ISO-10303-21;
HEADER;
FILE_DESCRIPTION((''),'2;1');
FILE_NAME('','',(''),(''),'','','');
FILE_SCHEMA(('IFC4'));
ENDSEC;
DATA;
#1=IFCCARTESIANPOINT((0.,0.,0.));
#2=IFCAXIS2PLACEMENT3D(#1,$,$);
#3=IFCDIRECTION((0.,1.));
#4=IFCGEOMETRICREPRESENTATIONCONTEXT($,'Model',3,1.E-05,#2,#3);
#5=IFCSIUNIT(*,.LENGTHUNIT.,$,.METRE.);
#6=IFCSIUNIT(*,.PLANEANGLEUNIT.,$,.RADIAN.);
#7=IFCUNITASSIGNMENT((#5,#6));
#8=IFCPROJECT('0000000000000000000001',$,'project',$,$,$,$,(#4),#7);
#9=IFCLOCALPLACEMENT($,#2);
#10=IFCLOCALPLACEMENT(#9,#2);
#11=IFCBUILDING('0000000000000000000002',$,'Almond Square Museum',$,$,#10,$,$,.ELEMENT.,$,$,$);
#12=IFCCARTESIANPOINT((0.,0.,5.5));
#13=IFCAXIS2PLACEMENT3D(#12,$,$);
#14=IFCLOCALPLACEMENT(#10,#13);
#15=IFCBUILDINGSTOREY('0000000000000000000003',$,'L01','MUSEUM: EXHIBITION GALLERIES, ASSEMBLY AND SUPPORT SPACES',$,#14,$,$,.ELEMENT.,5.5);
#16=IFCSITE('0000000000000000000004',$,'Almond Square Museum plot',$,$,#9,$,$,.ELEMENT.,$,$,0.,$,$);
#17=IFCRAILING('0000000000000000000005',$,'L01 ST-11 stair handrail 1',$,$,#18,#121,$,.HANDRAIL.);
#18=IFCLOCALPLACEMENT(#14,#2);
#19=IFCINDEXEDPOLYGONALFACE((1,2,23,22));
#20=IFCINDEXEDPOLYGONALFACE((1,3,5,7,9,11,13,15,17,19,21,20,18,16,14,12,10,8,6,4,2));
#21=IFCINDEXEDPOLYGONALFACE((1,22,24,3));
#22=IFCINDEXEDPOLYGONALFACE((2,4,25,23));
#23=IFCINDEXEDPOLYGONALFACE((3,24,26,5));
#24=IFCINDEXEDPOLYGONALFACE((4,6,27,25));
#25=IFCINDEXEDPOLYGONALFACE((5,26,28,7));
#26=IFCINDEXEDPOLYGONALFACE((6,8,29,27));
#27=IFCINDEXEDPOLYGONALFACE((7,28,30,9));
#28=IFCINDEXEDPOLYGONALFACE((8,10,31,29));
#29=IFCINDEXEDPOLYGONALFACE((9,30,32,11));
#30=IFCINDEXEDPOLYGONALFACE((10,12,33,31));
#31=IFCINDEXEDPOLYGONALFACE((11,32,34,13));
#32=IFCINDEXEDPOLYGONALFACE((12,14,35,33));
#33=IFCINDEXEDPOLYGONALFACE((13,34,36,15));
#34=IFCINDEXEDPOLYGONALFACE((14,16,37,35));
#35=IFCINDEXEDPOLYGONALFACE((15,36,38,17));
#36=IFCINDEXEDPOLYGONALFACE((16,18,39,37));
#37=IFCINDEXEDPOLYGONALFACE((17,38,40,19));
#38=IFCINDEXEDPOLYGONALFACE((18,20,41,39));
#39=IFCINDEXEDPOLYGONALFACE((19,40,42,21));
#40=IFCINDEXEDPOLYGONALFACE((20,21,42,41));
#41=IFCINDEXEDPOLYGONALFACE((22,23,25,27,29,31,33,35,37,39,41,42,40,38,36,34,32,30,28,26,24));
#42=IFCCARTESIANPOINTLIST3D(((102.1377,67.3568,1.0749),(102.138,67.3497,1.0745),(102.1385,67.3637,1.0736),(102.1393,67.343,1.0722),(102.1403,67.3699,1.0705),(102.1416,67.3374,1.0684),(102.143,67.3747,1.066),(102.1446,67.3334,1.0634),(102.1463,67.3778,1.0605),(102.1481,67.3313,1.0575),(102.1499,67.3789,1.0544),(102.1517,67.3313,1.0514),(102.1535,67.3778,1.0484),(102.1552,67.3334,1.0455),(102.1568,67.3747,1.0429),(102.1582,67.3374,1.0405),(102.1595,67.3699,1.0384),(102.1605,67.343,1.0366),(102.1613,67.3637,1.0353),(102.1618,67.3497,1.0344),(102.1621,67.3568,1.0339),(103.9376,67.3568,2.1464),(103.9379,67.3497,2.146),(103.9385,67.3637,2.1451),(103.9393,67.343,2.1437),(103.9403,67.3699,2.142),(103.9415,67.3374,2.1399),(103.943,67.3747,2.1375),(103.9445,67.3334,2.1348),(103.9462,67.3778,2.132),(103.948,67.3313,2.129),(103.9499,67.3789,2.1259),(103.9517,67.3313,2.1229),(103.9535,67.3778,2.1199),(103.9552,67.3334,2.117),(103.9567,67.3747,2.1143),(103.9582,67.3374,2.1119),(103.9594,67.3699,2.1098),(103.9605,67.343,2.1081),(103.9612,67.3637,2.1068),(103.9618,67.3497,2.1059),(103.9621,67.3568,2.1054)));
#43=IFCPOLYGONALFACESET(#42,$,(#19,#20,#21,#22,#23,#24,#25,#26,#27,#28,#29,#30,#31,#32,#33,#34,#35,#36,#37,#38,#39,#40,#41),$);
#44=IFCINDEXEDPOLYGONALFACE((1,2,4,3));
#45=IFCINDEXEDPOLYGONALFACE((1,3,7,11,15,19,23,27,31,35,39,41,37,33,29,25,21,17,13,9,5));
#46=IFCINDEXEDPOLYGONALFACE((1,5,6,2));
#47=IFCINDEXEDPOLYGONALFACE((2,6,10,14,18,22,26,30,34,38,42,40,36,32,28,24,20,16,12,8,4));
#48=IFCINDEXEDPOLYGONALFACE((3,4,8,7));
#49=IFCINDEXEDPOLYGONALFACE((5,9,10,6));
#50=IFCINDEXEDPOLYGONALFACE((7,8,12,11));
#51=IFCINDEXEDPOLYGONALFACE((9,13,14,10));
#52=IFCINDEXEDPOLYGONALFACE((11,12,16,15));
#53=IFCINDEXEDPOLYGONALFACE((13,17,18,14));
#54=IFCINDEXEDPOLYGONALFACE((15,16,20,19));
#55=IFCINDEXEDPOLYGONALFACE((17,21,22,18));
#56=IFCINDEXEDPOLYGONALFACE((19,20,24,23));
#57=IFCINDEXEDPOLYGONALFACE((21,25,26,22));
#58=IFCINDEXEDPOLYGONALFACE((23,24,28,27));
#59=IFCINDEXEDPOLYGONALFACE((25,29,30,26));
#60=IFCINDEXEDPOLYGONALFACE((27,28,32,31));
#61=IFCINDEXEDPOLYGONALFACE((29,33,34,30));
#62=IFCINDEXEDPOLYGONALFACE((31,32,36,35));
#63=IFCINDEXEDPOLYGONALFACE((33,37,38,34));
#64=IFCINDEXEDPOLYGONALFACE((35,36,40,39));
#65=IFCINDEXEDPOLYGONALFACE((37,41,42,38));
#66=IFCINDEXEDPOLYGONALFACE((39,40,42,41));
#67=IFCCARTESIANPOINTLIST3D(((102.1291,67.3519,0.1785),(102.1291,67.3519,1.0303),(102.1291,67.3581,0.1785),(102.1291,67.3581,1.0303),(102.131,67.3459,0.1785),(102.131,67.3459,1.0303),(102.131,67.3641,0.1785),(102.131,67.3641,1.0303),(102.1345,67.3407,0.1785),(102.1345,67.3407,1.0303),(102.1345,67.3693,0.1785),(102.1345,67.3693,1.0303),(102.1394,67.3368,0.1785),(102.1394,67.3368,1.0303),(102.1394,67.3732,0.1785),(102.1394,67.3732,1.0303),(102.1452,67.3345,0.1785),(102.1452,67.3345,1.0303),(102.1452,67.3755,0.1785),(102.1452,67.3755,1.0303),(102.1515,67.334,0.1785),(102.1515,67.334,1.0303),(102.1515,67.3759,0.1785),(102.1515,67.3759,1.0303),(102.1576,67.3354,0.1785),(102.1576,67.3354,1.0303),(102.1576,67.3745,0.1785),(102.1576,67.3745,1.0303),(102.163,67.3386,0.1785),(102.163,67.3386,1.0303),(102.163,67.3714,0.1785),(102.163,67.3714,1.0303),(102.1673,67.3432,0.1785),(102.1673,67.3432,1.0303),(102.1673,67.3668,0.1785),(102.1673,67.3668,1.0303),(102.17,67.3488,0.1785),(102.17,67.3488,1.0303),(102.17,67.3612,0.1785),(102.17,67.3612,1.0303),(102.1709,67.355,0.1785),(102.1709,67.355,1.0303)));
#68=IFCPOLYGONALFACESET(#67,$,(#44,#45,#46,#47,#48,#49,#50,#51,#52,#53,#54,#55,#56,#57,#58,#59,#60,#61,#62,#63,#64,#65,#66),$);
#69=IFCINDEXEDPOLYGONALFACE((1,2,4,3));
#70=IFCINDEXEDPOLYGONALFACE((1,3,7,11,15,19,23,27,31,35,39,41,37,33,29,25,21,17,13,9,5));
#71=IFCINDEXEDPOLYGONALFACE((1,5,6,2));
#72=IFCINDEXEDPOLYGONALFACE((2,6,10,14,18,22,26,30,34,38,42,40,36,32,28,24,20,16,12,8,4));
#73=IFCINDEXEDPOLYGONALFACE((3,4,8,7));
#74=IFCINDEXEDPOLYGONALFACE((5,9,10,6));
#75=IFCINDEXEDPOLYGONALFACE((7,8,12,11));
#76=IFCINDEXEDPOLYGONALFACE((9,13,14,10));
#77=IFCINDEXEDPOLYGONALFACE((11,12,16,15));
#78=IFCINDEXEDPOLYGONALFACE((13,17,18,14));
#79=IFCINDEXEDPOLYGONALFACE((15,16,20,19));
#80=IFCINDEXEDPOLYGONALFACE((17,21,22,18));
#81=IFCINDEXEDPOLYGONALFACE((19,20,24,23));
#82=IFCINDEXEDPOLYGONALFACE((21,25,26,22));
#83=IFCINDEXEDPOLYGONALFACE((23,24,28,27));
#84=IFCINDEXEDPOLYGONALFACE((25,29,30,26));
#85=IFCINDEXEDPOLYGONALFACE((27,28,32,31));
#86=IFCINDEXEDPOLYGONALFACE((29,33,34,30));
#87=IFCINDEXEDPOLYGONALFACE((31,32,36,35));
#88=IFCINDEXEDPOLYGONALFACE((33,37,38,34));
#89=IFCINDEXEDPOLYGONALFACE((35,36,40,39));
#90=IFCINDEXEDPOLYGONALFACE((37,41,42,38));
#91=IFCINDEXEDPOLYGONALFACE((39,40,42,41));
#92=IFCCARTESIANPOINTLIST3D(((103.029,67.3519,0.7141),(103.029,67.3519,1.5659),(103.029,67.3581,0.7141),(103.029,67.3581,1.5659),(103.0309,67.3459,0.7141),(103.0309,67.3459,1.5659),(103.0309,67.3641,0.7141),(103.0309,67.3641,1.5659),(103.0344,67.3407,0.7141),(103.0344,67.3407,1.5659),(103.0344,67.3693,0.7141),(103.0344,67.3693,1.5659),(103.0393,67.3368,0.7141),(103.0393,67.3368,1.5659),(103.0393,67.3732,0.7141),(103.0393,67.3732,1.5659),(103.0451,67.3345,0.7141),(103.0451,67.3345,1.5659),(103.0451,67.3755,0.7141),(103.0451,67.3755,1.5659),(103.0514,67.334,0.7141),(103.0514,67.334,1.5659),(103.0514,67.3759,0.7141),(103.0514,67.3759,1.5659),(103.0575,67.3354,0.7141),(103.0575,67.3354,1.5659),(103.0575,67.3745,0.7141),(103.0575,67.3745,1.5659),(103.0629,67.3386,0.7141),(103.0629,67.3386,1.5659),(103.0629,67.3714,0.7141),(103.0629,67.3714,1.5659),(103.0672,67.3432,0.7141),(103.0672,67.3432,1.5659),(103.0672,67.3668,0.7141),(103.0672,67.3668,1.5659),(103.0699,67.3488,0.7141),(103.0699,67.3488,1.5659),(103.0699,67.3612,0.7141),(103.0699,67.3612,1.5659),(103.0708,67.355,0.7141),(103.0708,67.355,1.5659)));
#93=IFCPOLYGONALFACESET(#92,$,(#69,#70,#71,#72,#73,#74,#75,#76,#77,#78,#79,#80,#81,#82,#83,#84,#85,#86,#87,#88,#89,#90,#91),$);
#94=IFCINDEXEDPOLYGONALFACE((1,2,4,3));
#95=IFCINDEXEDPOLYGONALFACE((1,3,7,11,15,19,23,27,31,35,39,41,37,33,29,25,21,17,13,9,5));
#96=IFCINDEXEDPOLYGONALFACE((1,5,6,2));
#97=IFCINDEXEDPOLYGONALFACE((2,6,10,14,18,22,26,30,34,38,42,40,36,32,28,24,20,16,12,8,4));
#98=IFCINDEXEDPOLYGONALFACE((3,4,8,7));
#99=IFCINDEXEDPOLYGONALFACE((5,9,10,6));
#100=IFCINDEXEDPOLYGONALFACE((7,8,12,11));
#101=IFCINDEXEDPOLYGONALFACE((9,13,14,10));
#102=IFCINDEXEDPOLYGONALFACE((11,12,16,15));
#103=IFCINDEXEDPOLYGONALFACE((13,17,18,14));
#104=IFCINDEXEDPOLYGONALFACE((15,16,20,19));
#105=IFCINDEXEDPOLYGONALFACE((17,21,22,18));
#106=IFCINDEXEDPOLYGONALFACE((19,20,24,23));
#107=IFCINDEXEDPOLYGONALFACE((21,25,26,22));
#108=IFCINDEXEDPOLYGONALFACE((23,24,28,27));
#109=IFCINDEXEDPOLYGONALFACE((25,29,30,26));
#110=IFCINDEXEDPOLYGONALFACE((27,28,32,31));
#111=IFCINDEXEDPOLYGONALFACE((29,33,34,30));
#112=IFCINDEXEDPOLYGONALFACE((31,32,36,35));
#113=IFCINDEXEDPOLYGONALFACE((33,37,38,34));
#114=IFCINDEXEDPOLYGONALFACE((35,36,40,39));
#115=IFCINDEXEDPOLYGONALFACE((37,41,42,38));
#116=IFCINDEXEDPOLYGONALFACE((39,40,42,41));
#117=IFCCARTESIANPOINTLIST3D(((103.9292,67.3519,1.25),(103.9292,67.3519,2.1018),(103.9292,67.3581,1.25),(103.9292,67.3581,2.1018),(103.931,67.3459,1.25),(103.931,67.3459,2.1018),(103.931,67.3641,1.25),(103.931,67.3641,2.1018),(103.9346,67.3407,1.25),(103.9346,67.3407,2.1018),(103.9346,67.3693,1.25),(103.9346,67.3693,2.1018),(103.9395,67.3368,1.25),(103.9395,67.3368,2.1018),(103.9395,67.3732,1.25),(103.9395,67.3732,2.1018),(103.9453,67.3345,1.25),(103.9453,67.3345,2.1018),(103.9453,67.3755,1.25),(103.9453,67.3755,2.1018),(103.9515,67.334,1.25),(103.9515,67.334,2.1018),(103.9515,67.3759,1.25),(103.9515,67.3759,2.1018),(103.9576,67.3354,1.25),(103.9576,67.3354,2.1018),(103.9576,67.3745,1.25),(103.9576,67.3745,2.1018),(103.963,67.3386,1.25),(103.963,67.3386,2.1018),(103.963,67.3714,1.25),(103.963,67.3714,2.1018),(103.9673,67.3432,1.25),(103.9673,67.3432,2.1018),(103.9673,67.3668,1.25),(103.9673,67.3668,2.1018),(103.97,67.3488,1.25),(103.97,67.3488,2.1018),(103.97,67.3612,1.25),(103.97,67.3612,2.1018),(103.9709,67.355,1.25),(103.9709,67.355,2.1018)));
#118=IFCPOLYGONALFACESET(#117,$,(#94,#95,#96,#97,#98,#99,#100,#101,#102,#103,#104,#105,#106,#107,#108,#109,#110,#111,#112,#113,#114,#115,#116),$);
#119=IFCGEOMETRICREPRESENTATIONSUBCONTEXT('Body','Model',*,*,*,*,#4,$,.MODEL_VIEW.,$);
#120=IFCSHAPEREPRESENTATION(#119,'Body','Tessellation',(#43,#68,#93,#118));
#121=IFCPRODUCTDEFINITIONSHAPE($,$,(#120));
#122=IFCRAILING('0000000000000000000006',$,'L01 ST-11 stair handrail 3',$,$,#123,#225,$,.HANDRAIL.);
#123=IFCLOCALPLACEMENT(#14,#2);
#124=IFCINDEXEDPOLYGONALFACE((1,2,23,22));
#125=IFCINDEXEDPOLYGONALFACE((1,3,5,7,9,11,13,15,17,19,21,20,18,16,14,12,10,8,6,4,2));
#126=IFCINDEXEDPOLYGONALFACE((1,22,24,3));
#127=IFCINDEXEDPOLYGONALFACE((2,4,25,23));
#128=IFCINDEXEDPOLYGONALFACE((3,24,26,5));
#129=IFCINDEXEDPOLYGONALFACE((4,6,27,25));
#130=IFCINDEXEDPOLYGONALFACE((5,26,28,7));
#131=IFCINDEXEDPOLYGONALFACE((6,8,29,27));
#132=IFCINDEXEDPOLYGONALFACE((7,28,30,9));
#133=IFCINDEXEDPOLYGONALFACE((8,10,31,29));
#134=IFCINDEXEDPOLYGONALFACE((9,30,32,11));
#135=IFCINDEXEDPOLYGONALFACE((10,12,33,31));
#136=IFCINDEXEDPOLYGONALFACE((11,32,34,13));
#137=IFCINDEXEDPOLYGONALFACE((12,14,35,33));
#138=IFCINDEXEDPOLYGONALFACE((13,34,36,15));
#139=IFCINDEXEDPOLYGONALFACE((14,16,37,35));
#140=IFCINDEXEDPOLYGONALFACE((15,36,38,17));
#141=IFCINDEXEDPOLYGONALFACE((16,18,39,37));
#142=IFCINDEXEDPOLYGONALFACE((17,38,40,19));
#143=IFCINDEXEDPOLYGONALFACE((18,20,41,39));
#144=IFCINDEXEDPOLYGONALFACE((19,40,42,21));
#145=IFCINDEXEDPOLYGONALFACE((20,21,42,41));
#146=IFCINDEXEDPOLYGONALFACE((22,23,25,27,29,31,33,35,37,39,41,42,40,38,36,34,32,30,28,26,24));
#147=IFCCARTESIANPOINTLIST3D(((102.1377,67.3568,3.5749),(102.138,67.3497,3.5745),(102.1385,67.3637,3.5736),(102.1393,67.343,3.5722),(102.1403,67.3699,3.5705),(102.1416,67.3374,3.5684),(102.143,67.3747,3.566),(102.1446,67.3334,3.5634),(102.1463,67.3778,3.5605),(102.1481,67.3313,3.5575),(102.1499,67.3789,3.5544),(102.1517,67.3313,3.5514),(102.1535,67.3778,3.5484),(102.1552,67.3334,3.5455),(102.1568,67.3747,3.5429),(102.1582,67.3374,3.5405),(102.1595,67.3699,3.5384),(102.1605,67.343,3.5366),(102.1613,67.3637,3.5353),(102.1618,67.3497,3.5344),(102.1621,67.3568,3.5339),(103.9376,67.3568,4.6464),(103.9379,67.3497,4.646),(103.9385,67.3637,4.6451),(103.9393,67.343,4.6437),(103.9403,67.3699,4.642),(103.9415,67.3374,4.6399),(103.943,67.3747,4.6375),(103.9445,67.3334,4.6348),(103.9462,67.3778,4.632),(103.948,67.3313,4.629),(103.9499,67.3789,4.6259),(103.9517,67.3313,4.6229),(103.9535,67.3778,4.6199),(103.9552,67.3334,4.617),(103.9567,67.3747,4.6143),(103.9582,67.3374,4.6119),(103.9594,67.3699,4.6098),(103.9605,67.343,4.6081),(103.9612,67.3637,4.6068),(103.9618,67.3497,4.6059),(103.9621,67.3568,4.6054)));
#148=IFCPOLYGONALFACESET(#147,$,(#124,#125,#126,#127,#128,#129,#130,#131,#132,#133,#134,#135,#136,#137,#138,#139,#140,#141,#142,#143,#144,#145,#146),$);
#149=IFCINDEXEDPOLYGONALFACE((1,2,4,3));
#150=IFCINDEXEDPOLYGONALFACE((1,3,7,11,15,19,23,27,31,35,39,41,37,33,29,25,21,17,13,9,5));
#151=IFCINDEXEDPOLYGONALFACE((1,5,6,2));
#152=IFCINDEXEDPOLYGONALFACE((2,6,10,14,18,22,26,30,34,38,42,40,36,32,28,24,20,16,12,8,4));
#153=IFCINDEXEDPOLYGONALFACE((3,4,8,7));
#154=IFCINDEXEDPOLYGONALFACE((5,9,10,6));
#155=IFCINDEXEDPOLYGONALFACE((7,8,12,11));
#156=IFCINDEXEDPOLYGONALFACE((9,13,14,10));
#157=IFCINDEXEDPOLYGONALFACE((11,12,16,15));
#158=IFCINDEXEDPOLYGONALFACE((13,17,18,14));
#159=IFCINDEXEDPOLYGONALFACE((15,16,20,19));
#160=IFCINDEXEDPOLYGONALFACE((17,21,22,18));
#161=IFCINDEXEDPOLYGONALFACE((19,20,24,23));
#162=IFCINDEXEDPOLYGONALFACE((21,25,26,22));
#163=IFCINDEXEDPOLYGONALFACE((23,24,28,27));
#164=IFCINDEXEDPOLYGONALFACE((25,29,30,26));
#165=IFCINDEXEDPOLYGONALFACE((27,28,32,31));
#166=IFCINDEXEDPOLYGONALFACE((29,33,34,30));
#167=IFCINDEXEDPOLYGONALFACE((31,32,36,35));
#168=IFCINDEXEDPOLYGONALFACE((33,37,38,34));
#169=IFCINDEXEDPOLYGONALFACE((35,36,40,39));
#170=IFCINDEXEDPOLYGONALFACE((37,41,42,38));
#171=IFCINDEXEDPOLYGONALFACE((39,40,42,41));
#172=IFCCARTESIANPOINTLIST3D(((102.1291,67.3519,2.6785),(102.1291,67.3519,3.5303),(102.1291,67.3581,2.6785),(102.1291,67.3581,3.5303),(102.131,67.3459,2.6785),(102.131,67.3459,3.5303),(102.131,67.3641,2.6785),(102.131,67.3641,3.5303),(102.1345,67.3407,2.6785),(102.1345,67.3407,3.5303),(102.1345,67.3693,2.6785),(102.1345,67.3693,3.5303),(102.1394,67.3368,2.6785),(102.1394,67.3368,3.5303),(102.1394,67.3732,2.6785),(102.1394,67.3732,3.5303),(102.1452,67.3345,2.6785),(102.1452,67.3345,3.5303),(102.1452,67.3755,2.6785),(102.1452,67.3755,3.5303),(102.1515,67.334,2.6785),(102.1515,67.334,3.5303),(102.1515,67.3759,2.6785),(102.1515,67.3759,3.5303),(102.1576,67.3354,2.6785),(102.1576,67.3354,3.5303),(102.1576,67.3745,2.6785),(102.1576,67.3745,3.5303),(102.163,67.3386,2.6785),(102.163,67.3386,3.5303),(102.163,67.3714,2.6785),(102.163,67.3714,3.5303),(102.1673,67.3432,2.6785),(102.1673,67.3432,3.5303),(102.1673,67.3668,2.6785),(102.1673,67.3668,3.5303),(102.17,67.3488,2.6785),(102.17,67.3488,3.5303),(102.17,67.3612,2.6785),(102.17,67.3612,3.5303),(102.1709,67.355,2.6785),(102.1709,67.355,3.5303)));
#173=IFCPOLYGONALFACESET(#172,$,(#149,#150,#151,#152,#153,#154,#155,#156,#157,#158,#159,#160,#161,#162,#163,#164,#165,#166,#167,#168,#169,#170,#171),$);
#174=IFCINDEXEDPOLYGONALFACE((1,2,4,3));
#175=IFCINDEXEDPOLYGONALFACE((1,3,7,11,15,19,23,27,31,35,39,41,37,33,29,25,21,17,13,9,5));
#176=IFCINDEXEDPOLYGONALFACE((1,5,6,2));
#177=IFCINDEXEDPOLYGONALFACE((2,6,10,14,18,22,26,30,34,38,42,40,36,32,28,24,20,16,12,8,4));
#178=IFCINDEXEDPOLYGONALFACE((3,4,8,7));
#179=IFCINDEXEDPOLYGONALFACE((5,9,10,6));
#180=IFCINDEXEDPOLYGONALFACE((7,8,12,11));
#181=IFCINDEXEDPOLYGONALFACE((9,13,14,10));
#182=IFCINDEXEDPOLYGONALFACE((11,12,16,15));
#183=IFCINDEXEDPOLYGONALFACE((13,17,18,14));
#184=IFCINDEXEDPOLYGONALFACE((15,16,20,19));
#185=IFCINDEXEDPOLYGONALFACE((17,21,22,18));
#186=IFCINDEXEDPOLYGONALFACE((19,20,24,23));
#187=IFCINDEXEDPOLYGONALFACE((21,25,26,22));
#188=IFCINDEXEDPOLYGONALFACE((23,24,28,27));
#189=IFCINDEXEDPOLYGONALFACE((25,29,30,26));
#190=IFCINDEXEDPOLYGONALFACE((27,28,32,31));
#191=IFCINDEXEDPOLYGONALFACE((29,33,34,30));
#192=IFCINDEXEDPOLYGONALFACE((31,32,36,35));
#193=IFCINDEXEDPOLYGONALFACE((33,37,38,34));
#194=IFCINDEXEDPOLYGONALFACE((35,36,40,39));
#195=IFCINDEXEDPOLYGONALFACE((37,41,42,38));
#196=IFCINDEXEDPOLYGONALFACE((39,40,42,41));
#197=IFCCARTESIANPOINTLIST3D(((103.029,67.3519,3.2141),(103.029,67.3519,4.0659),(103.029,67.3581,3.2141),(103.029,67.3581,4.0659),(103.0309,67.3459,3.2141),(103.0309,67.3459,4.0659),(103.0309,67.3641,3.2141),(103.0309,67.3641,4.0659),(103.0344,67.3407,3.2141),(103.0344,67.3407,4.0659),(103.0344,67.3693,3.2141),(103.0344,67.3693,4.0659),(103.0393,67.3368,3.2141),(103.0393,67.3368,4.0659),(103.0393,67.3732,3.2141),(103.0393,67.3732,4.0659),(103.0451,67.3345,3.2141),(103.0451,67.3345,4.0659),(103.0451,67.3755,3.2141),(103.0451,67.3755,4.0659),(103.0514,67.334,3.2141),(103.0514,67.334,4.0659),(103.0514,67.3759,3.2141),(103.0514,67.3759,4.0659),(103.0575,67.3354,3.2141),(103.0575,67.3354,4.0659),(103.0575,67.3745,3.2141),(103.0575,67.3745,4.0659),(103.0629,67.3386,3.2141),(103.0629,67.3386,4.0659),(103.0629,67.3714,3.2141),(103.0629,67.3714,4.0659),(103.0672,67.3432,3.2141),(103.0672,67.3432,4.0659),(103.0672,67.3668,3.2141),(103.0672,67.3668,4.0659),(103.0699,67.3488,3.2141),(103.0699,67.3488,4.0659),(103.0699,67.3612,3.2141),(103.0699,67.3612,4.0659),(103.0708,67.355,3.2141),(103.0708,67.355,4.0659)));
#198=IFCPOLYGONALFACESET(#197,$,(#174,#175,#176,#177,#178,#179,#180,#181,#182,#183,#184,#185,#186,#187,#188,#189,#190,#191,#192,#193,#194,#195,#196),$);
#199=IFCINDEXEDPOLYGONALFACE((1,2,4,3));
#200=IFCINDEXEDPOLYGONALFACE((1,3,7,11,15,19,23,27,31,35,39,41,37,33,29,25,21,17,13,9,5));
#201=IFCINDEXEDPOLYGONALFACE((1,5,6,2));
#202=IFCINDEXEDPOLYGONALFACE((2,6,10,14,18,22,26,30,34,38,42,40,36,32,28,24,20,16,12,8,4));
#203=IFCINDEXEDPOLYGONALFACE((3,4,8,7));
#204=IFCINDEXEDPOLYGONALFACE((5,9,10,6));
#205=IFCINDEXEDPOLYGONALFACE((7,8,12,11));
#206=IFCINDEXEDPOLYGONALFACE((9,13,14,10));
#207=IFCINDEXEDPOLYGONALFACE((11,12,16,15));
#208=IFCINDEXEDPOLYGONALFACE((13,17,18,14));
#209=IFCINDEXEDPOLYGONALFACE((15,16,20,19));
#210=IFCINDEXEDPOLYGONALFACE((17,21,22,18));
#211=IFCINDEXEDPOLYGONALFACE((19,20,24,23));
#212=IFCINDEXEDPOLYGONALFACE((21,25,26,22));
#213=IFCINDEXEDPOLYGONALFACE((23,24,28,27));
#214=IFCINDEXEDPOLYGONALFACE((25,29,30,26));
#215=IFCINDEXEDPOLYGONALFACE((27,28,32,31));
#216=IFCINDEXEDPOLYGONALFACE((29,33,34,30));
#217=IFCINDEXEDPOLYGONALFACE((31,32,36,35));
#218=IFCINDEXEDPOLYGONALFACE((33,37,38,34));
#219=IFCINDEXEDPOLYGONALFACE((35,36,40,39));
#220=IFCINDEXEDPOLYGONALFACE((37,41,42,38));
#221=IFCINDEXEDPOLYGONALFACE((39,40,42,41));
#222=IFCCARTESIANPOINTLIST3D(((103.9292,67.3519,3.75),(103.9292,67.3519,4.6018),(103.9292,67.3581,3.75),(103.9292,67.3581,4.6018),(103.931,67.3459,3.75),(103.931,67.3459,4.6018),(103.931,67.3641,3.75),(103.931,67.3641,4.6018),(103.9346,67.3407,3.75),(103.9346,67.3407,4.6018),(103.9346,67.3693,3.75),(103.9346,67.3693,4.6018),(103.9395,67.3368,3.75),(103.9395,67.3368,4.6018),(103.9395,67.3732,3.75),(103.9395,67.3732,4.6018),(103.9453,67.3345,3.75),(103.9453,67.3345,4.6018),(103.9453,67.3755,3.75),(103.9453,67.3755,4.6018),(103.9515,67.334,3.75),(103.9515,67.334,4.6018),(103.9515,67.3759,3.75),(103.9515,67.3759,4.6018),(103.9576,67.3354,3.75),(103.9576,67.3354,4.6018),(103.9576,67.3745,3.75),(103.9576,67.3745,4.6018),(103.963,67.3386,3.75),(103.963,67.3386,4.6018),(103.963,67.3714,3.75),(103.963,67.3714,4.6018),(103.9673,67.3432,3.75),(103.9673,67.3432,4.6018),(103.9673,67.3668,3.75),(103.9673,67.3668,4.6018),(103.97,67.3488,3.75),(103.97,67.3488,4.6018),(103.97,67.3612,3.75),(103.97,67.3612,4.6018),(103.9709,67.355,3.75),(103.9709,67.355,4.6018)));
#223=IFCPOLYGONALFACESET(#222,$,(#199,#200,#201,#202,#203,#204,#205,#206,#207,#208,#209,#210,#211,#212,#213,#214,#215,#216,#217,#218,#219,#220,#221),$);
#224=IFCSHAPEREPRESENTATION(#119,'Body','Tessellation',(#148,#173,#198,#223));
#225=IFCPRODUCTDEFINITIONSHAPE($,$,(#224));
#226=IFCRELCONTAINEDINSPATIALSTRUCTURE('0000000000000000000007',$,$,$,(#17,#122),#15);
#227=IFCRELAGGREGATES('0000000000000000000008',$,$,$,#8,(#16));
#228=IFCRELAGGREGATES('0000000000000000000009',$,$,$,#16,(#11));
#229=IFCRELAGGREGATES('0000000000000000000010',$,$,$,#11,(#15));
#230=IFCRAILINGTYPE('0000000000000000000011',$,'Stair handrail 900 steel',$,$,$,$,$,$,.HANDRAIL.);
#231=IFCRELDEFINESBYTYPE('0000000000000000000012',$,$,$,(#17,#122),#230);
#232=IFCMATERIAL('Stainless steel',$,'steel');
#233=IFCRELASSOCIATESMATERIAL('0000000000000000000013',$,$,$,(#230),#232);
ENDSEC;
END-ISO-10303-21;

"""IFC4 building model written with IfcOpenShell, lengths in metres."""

from ifc_helpers import new_model, si_unit, direction, frame, origin, origin_2d, place, context, subcontext, project, spatial, circle, extrude, material, type_object, element, save


model = new_model("IFC4")

# Units and contexts
model_context = context("Model", 3, precision=1e-05, world=origin(), true_north=direction((0.0, 1.0)))
body_context = subcontext(model_context, "Body", "Model", "MODEL_VIEW")
ifc_project = project(units=[si_unit("LENGTHUNIT", "METRE"), si_unit("PLANEANGLEUNIT", "RADIAN")], contexts=[model_context])

# Site, building, storey
site_placement = place(None, origin())
site = spatial("IfcSite", under=ifc_project, at=site_placement, Name="Almond Square Museum plot", CompositionType="ELEMENT", RefElevation=0.0)
building_placement = place(site_placement, origin())
building = spatial("IfcBuilding", under=site, at=building_placement, Name="Almond Square Museum", CompositionType="ELEMENT")
storey_placement = place(building_placement, frame((0.0, 0.0, 5.5)))
storey = spatial("IfcBuildingStorey", under=building, at=storey_placement, Name="L01", Description="MUSEUM: EXHIBITION GALLERIES, ASSEMBLY AND SUPPORT SPACES", CompositionType="ELEMENT", Elevation=5.5)

# Railings
ifc_material_1 = material(Name="Stainless steel", Category="steel")
railing_type_1 = type_object("IfcRailingType", Name="Stair handrail 900 steel", PredefinedType="HANDRAIL", material=ifc_material_1)
for number, where, name in (
    (1, (102.1499, 67.355, 0.1785), "L01 ST-11 stair handrail 1"),
    (2, (102.1499, 67.355, 2.6785), "L01 ST-11 stair handrail 3"),
):
    element("IfcRailing", number, at=place(storey_placement, frame(where)), inside=storey, type_object=railing_type_1, Name=name, PredefinedType="HANDRAIL", context=body_context, shape_type="SweptSolid", body=[
        extrude(circle(Radius=0.0239, at=origin_2d()), frame((0.0, 0.0, 0.876), z_axis=(0.859277, 0.0, 0.51151), x_axis=(0.0, 1.0, 0.0)), (0.0, 0.0, 1.0), 2.0947),
        extrude(circle(Radius=0.021, at=origin_2d()), origin(), (0.0, 0.0, 1.0), 0.8518),
        extrude(circle(Radius=0.021, at=origin_2d()), frame((0.8999, 0.0, 0.5356)), (0.0, 0.0, 1.0), 0.8518),
        extrude(circle(Radius=0.021, at=origin_2d()), frame((1.8, 0.0, 1.0715)), (0.0, 0.0, 1.0), 0.8518),
    ])

save(model, "model.ifc")
